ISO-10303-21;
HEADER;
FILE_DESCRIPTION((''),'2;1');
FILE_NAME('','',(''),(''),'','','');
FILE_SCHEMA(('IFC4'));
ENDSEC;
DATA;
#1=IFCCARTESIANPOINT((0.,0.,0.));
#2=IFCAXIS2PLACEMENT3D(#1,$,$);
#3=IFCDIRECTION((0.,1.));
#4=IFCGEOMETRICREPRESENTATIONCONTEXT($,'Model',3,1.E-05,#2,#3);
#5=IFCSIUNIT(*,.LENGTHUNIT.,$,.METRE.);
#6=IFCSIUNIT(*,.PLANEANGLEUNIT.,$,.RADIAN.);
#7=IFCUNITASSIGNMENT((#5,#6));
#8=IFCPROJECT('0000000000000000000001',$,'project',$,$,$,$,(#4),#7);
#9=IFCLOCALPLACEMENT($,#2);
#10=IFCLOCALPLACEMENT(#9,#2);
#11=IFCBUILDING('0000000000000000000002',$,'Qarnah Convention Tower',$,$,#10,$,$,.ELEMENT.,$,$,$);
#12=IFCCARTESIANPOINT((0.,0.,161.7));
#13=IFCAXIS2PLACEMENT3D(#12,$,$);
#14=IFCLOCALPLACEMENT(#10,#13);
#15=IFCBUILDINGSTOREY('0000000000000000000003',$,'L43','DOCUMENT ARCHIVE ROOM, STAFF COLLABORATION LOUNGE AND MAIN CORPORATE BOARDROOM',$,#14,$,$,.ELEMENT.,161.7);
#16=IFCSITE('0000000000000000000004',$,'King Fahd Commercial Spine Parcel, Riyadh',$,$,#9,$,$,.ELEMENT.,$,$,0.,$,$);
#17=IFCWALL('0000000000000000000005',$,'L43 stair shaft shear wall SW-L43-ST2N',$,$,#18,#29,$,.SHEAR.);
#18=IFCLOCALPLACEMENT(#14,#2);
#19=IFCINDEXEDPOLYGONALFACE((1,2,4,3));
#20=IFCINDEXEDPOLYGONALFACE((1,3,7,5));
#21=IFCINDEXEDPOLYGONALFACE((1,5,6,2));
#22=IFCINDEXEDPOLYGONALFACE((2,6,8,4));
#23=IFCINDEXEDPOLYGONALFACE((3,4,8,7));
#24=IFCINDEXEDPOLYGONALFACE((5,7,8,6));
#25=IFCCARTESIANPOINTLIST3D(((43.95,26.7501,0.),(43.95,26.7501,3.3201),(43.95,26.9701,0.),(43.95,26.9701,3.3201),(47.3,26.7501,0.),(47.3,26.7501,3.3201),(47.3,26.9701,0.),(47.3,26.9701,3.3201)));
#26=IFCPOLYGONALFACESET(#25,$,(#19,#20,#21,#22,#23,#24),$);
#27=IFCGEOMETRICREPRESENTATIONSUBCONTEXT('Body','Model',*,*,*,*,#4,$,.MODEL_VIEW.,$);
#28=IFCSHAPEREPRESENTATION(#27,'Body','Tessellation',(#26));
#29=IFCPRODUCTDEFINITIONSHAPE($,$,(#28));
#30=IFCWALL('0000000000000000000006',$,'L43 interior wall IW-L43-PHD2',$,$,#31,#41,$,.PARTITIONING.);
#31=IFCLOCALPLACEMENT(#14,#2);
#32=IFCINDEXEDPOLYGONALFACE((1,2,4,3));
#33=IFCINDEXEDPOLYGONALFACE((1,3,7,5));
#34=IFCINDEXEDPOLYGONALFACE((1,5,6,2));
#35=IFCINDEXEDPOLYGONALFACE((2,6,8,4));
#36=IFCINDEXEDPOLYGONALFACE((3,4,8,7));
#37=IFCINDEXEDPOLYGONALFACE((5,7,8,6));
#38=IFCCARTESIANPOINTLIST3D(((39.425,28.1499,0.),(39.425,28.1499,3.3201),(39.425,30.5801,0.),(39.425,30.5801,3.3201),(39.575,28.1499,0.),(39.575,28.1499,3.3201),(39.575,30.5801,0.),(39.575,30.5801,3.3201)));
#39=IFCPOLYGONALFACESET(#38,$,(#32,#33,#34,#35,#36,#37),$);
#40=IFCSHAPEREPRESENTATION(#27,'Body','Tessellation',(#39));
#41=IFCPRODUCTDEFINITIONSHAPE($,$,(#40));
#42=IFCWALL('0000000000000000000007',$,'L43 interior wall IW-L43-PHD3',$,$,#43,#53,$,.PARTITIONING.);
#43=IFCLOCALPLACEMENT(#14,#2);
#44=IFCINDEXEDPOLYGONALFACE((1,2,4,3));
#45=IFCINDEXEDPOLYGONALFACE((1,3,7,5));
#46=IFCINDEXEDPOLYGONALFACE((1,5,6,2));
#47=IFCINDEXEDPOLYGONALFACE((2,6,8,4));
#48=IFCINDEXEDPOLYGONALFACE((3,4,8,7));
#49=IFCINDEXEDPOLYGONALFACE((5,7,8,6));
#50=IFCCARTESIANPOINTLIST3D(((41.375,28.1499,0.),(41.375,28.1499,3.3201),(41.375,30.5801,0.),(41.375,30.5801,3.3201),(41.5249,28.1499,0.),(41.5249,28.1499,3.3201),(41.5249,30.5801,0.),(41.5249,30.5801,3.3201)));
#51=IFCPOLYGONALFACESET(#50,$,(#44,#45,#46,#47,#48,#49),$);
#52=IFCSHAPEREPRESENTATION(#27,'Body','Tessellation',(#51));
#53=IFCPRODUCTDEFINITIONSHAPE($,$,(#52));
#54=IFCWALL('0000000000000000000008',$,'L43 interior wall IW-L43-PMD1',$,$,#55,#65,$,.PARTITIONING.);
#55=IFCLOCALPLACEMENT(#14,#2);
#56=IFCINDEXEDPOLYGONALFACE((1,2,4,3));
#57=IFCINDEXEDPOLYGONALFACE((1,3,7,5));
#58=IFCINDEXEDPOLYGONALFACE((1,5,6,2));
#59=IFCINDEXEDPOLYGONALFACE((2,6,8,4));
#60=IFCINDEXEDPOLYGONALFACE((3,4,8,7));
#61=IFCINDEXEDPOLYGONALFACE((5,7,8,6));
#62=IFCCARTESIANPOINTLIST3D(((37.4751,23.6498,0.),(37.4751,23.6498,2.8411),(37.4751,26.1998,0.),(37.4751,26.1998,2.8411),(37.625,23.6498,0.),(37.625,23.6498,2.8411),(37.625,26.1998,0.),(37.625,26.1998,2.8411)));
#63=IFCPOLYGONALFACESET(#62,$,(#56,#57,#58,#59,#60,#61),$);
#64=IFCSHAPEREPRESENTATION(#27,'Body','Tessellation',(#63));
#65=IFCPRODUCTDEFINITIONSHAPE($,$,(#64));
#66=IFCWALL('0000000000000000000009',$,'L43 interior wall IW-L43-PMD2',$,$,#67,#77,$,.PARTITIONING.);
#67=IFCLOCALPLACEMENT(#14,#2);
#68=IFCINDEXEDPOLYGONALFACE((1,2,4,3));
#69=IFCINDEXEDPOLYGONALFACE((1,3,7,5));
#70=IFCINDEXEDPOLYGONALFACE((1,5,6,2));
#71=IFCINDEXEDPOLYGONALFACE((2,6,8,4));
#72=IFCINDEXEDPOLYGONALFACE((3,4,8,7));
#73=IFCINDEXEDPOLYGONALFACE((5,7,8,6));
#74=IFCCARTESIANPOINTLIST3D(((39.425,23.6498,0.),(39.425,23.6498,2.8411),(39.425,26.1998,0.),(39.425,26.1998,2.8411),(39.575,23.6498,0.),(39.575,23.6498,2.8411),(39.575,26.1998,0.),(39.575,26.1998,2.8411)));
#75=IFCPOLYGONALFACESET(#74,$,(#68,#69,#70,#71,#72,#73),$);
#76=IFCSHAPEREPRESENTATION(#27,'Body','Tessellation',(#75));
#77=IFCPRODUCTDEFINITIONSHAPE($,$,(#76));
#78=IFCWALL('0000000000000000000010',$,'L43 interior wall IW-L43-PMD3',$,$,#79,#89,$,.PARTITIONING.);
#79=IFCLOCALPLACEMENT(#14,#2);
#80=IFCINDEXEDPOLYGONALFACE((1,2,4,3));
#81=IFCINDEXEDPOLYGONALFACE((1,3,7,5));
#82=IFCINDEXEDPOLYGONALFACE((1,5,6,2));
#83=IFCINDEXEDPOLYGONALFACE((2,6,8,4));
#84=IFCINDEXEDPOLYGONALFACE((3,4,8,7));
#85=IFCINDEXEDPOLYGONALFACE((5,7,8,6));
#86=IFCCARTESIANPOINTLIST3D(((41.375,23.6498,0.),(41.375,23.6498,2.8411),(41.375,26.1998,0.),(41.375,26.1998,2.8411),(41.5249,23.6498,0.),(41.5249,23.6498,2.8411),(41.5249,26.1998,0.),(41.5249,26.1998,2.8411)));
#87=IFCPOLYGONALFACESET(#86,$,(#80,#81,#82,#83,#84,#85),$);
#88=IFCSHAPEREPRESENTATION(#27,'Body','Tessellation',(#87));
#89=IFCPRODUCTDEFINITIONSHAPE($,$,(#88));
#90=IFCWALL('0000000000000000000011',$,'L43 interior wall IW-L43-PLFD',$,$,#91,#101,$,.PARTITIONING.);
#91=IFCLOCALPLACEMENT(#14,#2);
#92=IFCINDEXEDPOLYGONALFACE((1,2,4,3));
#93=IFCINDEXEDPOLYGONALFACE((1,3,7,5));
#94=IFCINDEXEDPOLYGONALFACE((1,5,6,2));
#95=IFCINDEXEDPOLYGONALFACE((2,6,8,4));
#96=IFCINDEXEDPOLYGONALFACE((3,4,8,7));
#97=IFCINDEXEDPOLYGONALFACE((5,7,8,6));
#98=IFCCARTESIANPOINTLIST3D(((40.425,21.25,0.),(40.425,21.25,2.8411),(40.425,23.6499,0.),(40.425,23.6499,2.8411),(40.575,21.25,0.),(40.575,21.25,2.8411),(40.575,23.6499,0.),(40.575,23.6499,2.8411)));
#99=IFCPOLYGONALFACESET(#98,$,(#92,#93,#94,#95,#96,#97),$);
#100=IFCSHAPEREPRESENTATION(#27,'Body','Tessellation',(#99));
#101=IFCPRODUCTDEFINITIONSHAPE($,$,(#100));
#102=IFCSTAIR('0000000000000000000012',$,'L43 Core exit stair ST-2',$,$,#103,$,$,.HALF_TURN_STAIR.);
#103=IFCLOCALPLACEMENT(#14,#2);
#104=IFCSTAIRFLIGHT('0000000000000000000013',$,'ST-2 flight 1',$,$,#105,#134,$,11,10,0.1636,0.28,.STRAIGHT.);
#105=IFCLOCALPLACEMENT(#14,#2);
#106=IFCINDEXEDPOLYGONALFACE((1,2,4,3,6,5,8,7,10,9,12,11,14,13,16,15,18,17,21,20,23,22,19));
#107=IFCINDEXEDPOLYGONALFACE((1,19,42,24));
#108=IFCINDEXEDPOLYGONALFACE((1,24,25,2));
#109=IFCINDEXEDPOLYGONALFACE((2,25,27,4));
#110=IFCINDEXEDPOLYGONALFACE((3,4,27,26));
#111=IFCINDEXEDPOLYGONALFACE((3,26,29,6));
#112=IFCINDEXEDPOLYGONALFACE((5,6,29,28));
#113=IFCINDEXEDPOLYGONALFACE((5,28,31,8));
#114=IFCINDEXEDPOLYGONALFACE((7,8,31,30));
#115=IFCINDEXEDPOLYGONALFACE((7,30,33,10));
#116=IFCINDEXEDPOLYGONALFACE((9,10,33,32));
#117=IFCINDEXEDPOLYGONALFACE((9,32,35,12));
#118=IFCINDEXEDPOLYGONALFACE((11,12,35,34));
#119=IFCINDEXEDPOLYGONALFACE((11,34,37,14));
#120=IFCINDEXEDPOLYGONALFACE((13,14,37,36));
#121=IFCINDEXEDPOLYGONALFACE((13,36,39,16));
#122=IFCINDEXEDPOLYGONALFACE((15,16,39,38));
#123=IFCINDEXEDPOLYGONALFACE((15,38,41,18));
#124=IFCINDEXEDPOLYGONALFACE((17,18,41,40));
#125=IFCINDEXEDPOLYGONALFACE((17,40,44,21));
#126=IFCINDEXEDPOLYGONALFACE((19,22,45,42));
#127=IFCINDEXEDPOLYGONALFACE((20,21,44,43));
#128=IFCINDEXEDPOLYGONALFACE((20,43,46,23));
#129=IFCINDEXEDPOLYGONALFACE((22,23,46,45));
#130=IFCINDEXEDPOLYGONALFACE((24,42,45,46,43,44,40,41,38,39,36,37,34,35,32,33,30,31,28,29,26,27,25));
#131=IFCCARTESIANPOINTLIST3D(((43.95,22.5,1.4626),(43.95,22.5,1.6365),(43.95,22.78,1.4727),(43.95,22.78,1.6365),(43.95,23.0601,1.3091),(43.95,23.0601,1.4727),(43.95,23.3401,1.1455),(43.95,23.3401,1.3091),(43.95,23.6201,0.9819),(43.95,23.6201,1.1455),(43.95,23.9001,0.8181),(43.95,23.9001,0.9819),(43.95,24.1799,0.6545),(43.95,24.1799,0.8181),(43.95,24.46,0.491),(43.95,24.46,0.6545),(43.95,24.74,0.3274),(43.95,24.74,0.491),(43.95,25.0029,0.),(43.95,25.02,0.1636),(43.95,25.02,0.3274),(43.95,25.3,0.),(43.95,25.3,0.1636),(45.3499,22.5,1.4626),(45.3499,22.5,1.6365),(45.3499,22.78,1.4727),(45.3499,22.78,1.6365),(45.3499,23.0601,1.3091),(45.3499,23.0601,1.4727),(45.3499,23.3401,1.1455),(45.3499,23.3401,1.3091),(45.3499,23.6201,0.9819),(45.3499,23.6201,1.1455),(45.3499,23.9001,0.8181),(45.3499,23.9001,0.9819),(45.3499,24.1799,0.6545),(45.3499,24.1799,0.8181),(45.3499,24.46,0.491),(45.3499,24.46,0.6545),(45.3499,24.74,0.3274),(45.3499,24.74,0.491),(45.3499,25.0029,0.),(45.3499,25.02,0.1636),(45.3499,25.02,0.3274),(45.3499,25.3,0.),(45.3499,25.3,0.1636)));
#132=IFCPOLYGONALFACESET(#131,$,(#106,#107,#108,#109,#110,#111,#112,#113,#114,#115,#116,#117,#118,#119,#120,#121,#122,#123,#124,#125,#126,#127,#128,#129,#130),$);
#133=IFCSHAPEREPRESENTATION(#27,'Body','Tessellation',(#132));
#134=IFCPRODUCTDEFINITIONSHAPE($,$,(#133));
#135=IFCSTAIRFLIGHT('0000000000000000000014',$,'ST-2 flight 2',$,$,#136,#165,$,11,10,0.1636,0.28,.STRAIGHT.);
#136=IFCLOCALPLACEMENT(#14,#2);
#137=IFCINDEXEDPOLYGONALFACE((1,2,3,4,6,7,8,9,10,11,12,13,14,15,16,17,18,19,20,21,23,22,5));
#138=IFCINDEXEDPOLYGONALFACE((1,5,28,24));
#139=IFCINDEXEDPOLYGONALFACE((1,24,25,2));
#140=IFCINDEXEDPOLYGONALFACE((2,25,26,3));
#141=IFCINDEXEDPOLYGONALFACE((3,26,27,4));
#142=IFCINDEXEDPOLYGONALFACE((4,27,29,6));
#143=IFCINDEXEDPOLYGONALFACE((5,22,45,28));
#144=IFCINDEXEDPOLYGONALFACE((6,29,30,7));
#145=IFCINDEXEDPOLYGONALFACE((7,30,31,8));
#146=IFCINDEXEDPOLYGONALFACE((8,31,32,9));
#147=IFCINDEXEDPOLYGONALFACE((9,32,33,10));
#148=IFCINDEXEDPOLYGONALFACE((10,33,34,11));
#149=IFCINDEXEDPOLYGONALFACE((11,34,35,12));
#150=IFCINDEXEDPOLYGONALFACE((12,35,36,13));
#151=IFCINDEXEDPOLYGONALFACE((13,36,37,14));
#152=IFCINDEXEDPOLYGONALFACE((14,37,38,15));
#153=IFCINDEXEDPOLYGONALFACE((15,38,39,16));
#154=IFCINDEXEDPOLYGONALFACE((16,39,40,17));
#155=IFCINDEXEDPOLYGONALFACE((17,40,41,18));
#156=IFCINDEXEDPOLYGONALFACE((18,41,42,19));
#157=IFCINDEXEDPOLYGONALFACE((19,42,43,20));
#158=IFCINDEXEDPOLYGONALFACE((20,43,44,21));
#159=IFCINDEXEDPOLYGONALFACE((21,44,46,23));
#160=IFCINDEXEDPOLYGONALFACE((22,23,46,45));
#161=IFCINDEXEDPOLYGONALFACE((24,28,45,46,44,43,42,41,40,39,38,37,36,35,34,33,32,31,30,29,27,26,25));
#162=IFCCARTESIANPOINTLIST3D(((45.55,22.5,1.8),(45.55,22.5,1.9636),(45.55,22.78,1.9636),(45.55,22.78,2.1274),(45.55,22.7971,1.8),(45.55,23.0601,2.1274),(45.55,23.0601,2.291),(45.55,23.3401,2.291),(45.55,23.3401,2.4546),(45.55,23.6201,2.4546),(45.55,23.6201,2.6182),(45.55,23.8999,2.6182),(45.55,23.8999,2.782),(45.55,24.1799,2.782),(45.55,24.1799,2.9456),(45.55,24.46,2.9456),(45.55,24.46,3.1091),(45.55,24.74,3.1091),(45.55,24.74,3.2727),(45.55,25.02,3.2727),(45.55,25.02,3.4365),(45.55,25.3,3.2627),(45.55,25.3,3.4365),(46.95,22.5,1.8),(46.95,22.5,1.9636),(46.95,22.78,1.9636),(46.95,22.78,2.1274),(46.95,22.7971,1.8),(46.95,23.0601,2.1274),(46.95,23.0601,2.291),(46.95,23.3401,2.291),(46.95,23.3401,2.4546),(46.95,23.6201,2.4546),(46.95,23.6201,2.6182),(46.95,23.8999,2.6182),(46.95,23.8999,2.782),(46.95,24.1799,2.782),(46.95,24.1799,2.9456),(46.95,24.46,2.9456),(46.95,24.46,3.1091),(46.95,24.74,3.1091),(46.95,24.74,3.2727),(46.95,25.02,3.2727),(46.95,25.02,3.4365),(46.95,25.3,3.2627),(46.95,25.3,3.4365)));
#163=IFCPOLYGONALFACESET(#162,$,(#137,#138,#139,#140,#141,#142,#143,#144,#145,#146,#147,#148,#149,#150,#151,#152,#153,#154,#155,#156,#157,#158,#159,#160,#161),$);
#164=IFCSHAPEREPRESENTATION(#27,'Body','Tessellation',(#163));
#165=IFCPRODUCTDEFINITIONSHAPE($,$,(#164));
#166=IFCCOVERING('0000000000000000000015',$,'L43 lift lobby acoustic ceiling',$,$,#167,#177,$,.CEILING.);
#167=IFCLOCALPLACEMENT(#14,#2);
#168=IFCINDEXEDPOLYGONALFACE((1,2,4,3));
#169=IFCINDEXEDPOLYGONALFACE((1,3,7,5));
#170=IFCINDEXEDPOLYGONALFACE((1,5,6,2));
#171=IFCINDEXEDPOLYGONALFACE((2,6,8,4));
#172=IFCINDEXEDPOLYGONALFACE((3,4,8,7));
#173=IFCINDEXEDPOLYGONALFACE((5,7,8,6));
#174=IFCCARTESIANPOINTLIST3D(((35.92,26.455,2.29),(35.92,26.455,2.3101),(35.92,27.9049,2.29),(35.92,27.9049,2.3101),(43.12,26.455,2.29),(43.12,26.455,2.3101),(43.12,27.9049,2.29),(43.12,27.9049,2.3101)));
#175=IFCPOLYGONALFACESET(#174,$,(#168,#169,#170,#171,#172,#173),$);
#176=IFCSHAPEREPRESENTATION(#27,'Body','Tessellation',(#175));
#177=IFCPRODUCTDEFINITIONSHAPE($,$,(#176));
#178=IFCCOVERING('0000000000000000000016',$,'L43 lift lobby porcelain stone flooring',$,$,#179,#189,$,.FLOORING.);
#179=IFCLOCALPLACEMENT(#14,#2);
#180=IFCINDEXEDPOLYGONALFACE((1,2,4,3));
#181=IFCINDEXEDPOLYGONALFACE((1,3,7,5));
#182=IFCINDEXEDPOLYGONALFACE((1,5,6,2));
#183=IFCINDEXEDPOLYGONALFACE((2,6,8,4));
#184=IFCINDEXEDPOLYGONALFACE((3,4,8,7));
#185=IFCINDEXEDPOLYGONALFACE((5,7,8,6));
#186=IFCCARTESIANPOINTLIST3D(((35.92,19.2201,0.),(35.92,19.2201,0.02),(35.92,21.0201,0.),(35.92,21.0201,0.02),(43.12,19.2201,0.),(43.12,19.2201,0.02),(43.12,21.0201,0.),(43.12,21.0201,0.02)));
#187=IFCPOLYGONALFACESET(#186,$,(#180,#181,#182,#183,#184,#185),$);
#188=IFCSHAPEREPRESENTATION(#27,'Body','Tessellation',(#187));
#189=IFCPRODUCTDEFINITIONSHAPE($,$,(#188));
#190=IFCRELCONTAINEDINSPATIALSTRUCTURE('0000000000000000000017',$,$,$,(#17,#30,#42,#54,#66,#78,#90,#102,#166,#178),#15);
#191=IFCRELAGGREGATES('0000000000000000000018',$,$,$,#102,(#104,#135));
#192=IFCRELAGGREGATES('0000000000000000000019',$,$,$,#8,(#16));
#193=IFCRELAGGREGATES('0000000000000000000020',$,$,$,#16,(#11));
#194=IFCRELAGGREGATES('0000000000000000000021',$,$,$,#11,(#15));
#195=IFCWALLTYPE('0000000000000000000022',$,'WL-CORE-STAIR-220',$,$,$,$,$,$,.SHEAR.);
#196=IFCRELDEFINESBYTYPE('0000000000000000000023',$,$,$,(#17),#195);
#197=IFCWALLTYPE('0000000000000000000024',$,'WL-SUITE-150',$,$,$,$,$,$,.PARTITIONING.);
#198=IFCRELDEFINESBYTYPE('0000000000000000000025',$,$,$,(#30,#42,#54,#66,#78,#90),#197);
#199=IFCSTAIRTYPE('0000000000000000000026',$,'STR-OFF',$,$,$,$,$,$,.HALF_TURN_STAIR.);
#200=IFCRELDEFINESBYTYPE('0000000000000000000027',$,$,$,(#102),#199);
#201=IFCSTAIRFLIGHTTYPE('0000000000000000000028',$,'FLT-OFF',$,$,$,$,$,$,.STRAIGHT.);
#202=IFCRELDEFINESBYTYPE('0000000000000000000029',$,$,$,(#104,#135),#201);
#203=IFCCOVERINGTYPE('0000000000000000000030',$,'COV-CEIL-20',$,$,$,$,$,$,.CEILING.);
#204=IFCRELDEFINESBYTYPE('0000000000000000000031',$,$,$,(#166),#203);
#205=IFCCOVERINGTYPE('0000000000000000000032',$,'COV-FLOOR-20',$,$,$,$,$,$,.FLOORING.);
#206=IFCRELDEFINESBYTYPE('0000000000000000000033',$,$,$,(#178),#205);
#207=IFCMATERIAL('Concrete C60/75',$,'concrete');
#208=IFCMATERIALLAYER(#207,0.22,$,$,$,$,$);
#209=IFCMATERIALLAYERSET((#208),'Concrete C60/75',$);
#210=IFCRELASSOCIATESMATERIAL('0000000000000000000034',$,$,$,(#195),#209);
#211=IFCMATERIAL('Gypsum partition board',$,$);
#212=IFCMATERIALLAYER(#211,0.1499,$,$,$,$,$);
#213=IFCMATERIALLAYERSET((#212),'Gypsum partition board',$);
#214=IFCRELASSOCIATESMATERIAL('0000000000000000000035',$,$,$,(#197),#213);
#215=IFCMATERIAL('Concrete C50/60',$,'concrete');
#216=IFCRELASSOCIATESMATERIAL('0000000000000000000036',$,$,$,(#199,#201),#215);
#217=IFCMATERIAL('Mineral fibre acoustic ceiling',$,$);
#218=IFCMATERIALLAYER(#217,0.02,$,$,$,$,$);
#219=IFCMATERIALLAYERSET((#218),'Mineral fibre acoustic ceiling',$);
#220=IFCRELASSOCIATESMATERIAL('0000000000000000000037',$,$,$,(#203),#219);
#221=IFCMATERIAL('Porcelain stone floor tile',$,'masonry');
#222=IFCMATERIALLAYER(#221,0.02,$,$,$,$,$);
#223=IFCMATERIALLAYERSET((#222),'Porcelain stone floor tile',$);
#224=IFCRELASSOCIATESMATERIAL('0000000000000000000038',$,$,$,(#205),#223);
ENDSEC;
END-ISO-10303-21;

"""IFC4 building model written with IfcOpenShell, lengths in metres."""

from ifc_helpers import new_model, si_unit, direction, frame, frame_2d, origin, origin_2d, place, context, subcontext, project, spatial, polyline, rectangle, outline, extrude, material, layer, layer_set, type_object, element, aggregate, save


model = new_model("IFC4")

# Units and contexts
model_context = context("Model", 3, precision=1e-05, world=origin(), true_north=direction((0.0, 1.0)))
body_context = subcontext(model_context, "Body", "Model", "MODEL_VIEW")
ifc_project = project(units=[si_unit("LENGTHUNIT", "METRE"), si_unit("PLANEANGLEUNIT", "RADIAN")], contexts=[model_context])

# Site, building, storey
site_placement = place(None, origin())
site = spatial("IfcSite", under=ifc_project, at=site_placement, Name="King Fahd Commercial Spine Parcel, Riyadh", CompositionType="ELEMENT", RefElevation=0.0)
building_placement = place(site_placement, origin())
building = spatial("IfcBuilding", under=site, at=building_placement, Name="Qarnah Convention Tower", CompositionType="ELEMENT")
storey_placement = place(building_placement, frame((0.0, 0.0, 161.7)))
storey = spatial("IfcBuildingStorey", under=building, at=storey_placement, Name="L43", Description="DOCUMENT ARCHIVE ROOM, STAFF COLLABORATION LOUNGE AND MAIN CORPORATE BOARDROOM", CompositionType="ELEMENT", Elevation=161.7)

# Shared definitions
ifc_material_1 = material(Name="Concrete C60/75", Category="concrete")

# Walls
ifc_layer_1 = layer(ifc_material_1, 0.22)
ifc_layer_set_1 = layer_set([ifc_layer_1], Name="Concrete C60/75")
wall_type_1 = type_object("IfcWallType", Name="WL-CORE-STAIR-220", PredefinedType="SHEAR", material=ifc_layer_set_1)
wall_1_placement = place(storey_placement, frame((43.95, 26.8601, 0.0), z_axis=(0.0, 0.0, 1.0), x_axis=(1.0, 0.0, 0.0)))
element("IfcWall", 1, at=wall_1_placement, inside=storey, type_object=wall_type_1, Name="L43 stair shaft shear wall SW-L43-ST2N", PredefinedType="SHEAR", context=body_context, shape_type="SweptSolid", body=[
    extrude(rectangle(XDim=3.3501, YDim=0.22, at=frame_2d((1.675, 0.0))), origin(), (0.0, 0.0, 1.0), 3.3201),
])
ifc_material_2 = material(Name="Gypsum partition board")
ifc_layer_2 = layer(ifc_material_2, 0.1499)
ifc_layer_set_2 = layer_set([ifc_layer_2], Name="Gypsum partition board")
wall_type_2 = type_object("IfcWallType", Name="WL-SUITE-150", PredefinedType="PARTITIONING", material=ifc_layer_set_2)
for number, where, z_axis, x_axis, name in (
    (2, (39.5, 28.1499, 0.0), (0.0, 0.0, 1.0), (0.0, 1.0, 0.0), "L43 interior wall IW-L43-PHD2"),
    (3, (41.45, 28.1499, 0.0), (0.0, 0.0, 1.0), (0.0, 1.0, 0.0), "L43 interior wall IW-L43-PHD3"),
):
    element("IfcWall", number, at=place(storey_placement, frame(where, z_axis=z_axis, x_axis=x_axis)), inside=storey, type_object=wall_type_2, Name=name, PredefinedType="PARTITIONING", context=body_context, shape_type="SweptSolid", body=[
        extrude(rectangle(XDim=2.4302, YDim=0.1499, at=frame_2d((1.2151, 0.0))), origin(), (0.0, 0.0, 1.0), 3.3201),
    ])
for number, where, z_axis, x_axis, name in (
    (4, (37.55, 23.6499, 0.0), (0.0, 0.0, 1.0), (0.0, 1.0, 0.0), "L43 interior wall IW-L43-PMD1"),
    (5, (39.5, 23.6499, 0.0), (0.0, 0.0, 1.0), (0.0, 1.0, 0.0), "L43 interior wall IW-L43-PMD2"),
    (6, (41.45, 23.6499, 0.0), (0.0, 0.0, 1.0), (0.0, 1.0, 0.0), "L43 interior wall IW-L43-PMD3"),
):
    element("IfcWall", number, at=place(storey_placement, frame(where, z_axis=z_axis, x_axis=x_axis)), inside=storey, type_object=wall_type_2, Name=name, PredefinedType="PARTITIONING", context=body_context, shape_type="SweptSolid", body=[
        extrude(rectangle(XDim=2.55, YDim=0.1499, at=frame_2d((1.2749, 0.0))), origin(), (0.0, 0.0, 1.0), 2.8411),
    ])
wall_2_placement = place(storey_placement, frame((40.5, 21.25, 0.0), z_axis=(0.0, 0.0, 1.0), x_axis=(0.0, 1.0, 0.0)))
element("IfcWall", 7, at=wall_2_placement, inside=storey, type_object=wall_type_2, Name="L43 interior wall IW-L43-PLFD", PredefinedType="PARTITIONING", context=body_context, shape_type="SweptSolid", body=[
    extrude(rectangle(XDim=2.3999, YDim=0.1499, at=frame_2d((1.2, 0.0))), origin(), (0.0, 0.0, 1.0), 2.8411),
])

# Stair, stair flights
ifc_material_3 = material(Name="Concrete C50/60", Category="concrete")
stair_type = type_object("IfcStairType", Name="STR-OFF", PredefinedType="HALF_TURN_STAIR", material=ifc_material_3)
stair_placement = place(storey_placement, origin())
stair = element("IfcStair", 8, at=stair_placement, inside=storey, type_object=stair_type, Name="L43 Core exit stair ST-2", PredefinedType="HALF_TURN_STAIR")
stair_flight_type = type_object("IfcStairFlightType", Name="FLT-OFF", PredefinedType="STRAIGHT", material=ifc_material_3)
stair_flight_1_placement = place(storey_placement, frame((44.6499, 25.3, 0.0), z_axis=(0.0, 0.0, 1.0), x_axis=(0.0, -1.0, 0.0)))
stair_flight_1 = element("IfcStairFlight", 9, at=stair_flight_1_placement, type_object=stair_flight_type, Name="ST-2 flight 1", NumberOfRisers=11, NumberOfTreads=10, PredefinedType="STRAIGHT", RiserHeight=0.1636, TreadLength=0.28, context=body_context, shape_type="SweptSolid", body=[
    extrude(outline(polyline([(0.0, 0.0), (0.0, 0.1636), (0.28, 0.1636), (0.28, 0.3274), (0.5601, 0.3274), (0.5601, 0.491), (0.8401, 0.491), (0.8401, 0.6545), (1.1201, 0.6545), (1.1201, 0.8181), (1.3999, 0.8181), (1.3999, 0.9819), (1.6799, 0.9819), (1.6799, 1.1455), (1.96, 1.1455), (1.96, 1.3091), (2.24, 1.3091), (2.24, 1.4727), (2.52, 1.4727), (2.52, 1.6365), (2.8, 1.6365), (2.8, 1.8), (2.8, 1.4626), (0.2971, 0.0), (0.0, 0.0)])), frame((0.0, 0.7, 0.0), z_axis=(0.0, -1.0, 0.0), x_axis=(1.0, 0.0, 0.0)), (0.0, 0.0, 1.0), 1.3999),
])
stair_flight_2_placement = place(storey_placement, frame((46.25, 22.5, 1.8), z_axis=(0.0, 0.0, 1.0), x_axis=(0.0, 1.0, 0.0)))
stair_flight_2 = element("IfcStairFlight", 10, at=stair_flight_2_placement, type_object=stair_flight_type, Name="ST-2 flight 2", NumberOfRisers=11, NumberOfTreads=10, PredefinedType="STRAIGHT", RiserHeight=0.1636, TreadLength=0.28, context=body_context, shape_type="SweptSolid", body=[
    extrude(outline(polyline([(0.0, 0.0), (0.0, 0.1636), (0.28, 0.1636), (0.28, 0.3274), (0.5601, 0.3274), (0.5601, 0.491), (0.8401, 0.491), (0.8401, 0.6545), (1.1201, 0.6545), (1.1201, 0.8181), (1.3999, 0.8181), (1.3999, 0.9819), (1.6799, 0.9819), (1.6799, 1.1455), (1.96, 1.1455), (1.96, 1.3091), (2.24, 1.3091), (2.24, 1.4727), (2.52, 1.4727), (2.52, 1.6365), (2.8, 1.6365), (2.8, 1.8), (2.8, 1.4626), (0.2971, 0.0), (0.0, 0.0)])), frame((0.0, 0.7, 0.0), z_axis=(0.0, -1.0, 0.0), x_axis=(1.0, 0.0, 0.0)), (0.0, 0.0, 1.0), 1.3999),
])
aggregate(stair, [stair_flight_1, stair_flight_2])

# Coverings
ifc_material_4 = material(Name="Mineral fibre acoustic ceiling")
ifc_layer_3 = layer(ifc_material_4, 0.02)
ifc_layer_set_3 = layer_set([ifc_layer_3], Name="Mineral fibre acoustic ceiling")
covering_type_1 = type_object("IfcCoveringType", Name="COV-CEIL-20", PredefinedType="CEILING", material=ifc_layer_set_3)
covering_1_placement = place(storey_placement, frame((39.52, 27.1799, 2.29), z_axis=(0.0, 0.0, 1.0), x_axis=(1.0, 0.0, 0.0)))
element("IfcCovering", 11, at=covering_1_placement, inside=storey, type_object=covering_type_1, Name="L43 lift lobby acoustic ceiling", PredefinedType="CEILING", context=body_context, shape_type="SweptSolid", body=[
    extrude(rectangle(XDim=7.2, YDim=1.45, at=origin_2d()), origin(), (0.0, 0.0, 1.0), 0.02),
])
ifc_material_5 = material(Name="Porcelain stone floor tile", Category="masonry")
ifc_layer_4 = layer(ifc_material_5, 0.02)
ifc_layer_set_4 = layer_set([ifc_layer_4], Name="Porcelain stone floor tile")
covering_type_2 = type_object("IfcCoveringType", Name="COV-FLOOR-20", PredefinedType="FLOORING", material=ifc_layer_set_4)
covering_2_placement = place(storey_placement, frame((39.52, 20.1201, 0.0), z_axis=(0.0, 0.0, 1.0), x_axis=(1.0, 0.0, 0.0)))
element("IfcCovering", 12, at=covering_2_placement, inside=storey, type_object=covering_type_2, Name="L43 lift lobby porcelain stone flooring", PredefinedType="FLOORING", context=body_context, shape_type="SweptSolid", body=[
    extrude(rectangle(XDim=7.2, YDim=1.8, at=origin_2d()), origin(), (0.0, 0.0, 1.0), 0.02),
])

save(model, "model.ifc")
